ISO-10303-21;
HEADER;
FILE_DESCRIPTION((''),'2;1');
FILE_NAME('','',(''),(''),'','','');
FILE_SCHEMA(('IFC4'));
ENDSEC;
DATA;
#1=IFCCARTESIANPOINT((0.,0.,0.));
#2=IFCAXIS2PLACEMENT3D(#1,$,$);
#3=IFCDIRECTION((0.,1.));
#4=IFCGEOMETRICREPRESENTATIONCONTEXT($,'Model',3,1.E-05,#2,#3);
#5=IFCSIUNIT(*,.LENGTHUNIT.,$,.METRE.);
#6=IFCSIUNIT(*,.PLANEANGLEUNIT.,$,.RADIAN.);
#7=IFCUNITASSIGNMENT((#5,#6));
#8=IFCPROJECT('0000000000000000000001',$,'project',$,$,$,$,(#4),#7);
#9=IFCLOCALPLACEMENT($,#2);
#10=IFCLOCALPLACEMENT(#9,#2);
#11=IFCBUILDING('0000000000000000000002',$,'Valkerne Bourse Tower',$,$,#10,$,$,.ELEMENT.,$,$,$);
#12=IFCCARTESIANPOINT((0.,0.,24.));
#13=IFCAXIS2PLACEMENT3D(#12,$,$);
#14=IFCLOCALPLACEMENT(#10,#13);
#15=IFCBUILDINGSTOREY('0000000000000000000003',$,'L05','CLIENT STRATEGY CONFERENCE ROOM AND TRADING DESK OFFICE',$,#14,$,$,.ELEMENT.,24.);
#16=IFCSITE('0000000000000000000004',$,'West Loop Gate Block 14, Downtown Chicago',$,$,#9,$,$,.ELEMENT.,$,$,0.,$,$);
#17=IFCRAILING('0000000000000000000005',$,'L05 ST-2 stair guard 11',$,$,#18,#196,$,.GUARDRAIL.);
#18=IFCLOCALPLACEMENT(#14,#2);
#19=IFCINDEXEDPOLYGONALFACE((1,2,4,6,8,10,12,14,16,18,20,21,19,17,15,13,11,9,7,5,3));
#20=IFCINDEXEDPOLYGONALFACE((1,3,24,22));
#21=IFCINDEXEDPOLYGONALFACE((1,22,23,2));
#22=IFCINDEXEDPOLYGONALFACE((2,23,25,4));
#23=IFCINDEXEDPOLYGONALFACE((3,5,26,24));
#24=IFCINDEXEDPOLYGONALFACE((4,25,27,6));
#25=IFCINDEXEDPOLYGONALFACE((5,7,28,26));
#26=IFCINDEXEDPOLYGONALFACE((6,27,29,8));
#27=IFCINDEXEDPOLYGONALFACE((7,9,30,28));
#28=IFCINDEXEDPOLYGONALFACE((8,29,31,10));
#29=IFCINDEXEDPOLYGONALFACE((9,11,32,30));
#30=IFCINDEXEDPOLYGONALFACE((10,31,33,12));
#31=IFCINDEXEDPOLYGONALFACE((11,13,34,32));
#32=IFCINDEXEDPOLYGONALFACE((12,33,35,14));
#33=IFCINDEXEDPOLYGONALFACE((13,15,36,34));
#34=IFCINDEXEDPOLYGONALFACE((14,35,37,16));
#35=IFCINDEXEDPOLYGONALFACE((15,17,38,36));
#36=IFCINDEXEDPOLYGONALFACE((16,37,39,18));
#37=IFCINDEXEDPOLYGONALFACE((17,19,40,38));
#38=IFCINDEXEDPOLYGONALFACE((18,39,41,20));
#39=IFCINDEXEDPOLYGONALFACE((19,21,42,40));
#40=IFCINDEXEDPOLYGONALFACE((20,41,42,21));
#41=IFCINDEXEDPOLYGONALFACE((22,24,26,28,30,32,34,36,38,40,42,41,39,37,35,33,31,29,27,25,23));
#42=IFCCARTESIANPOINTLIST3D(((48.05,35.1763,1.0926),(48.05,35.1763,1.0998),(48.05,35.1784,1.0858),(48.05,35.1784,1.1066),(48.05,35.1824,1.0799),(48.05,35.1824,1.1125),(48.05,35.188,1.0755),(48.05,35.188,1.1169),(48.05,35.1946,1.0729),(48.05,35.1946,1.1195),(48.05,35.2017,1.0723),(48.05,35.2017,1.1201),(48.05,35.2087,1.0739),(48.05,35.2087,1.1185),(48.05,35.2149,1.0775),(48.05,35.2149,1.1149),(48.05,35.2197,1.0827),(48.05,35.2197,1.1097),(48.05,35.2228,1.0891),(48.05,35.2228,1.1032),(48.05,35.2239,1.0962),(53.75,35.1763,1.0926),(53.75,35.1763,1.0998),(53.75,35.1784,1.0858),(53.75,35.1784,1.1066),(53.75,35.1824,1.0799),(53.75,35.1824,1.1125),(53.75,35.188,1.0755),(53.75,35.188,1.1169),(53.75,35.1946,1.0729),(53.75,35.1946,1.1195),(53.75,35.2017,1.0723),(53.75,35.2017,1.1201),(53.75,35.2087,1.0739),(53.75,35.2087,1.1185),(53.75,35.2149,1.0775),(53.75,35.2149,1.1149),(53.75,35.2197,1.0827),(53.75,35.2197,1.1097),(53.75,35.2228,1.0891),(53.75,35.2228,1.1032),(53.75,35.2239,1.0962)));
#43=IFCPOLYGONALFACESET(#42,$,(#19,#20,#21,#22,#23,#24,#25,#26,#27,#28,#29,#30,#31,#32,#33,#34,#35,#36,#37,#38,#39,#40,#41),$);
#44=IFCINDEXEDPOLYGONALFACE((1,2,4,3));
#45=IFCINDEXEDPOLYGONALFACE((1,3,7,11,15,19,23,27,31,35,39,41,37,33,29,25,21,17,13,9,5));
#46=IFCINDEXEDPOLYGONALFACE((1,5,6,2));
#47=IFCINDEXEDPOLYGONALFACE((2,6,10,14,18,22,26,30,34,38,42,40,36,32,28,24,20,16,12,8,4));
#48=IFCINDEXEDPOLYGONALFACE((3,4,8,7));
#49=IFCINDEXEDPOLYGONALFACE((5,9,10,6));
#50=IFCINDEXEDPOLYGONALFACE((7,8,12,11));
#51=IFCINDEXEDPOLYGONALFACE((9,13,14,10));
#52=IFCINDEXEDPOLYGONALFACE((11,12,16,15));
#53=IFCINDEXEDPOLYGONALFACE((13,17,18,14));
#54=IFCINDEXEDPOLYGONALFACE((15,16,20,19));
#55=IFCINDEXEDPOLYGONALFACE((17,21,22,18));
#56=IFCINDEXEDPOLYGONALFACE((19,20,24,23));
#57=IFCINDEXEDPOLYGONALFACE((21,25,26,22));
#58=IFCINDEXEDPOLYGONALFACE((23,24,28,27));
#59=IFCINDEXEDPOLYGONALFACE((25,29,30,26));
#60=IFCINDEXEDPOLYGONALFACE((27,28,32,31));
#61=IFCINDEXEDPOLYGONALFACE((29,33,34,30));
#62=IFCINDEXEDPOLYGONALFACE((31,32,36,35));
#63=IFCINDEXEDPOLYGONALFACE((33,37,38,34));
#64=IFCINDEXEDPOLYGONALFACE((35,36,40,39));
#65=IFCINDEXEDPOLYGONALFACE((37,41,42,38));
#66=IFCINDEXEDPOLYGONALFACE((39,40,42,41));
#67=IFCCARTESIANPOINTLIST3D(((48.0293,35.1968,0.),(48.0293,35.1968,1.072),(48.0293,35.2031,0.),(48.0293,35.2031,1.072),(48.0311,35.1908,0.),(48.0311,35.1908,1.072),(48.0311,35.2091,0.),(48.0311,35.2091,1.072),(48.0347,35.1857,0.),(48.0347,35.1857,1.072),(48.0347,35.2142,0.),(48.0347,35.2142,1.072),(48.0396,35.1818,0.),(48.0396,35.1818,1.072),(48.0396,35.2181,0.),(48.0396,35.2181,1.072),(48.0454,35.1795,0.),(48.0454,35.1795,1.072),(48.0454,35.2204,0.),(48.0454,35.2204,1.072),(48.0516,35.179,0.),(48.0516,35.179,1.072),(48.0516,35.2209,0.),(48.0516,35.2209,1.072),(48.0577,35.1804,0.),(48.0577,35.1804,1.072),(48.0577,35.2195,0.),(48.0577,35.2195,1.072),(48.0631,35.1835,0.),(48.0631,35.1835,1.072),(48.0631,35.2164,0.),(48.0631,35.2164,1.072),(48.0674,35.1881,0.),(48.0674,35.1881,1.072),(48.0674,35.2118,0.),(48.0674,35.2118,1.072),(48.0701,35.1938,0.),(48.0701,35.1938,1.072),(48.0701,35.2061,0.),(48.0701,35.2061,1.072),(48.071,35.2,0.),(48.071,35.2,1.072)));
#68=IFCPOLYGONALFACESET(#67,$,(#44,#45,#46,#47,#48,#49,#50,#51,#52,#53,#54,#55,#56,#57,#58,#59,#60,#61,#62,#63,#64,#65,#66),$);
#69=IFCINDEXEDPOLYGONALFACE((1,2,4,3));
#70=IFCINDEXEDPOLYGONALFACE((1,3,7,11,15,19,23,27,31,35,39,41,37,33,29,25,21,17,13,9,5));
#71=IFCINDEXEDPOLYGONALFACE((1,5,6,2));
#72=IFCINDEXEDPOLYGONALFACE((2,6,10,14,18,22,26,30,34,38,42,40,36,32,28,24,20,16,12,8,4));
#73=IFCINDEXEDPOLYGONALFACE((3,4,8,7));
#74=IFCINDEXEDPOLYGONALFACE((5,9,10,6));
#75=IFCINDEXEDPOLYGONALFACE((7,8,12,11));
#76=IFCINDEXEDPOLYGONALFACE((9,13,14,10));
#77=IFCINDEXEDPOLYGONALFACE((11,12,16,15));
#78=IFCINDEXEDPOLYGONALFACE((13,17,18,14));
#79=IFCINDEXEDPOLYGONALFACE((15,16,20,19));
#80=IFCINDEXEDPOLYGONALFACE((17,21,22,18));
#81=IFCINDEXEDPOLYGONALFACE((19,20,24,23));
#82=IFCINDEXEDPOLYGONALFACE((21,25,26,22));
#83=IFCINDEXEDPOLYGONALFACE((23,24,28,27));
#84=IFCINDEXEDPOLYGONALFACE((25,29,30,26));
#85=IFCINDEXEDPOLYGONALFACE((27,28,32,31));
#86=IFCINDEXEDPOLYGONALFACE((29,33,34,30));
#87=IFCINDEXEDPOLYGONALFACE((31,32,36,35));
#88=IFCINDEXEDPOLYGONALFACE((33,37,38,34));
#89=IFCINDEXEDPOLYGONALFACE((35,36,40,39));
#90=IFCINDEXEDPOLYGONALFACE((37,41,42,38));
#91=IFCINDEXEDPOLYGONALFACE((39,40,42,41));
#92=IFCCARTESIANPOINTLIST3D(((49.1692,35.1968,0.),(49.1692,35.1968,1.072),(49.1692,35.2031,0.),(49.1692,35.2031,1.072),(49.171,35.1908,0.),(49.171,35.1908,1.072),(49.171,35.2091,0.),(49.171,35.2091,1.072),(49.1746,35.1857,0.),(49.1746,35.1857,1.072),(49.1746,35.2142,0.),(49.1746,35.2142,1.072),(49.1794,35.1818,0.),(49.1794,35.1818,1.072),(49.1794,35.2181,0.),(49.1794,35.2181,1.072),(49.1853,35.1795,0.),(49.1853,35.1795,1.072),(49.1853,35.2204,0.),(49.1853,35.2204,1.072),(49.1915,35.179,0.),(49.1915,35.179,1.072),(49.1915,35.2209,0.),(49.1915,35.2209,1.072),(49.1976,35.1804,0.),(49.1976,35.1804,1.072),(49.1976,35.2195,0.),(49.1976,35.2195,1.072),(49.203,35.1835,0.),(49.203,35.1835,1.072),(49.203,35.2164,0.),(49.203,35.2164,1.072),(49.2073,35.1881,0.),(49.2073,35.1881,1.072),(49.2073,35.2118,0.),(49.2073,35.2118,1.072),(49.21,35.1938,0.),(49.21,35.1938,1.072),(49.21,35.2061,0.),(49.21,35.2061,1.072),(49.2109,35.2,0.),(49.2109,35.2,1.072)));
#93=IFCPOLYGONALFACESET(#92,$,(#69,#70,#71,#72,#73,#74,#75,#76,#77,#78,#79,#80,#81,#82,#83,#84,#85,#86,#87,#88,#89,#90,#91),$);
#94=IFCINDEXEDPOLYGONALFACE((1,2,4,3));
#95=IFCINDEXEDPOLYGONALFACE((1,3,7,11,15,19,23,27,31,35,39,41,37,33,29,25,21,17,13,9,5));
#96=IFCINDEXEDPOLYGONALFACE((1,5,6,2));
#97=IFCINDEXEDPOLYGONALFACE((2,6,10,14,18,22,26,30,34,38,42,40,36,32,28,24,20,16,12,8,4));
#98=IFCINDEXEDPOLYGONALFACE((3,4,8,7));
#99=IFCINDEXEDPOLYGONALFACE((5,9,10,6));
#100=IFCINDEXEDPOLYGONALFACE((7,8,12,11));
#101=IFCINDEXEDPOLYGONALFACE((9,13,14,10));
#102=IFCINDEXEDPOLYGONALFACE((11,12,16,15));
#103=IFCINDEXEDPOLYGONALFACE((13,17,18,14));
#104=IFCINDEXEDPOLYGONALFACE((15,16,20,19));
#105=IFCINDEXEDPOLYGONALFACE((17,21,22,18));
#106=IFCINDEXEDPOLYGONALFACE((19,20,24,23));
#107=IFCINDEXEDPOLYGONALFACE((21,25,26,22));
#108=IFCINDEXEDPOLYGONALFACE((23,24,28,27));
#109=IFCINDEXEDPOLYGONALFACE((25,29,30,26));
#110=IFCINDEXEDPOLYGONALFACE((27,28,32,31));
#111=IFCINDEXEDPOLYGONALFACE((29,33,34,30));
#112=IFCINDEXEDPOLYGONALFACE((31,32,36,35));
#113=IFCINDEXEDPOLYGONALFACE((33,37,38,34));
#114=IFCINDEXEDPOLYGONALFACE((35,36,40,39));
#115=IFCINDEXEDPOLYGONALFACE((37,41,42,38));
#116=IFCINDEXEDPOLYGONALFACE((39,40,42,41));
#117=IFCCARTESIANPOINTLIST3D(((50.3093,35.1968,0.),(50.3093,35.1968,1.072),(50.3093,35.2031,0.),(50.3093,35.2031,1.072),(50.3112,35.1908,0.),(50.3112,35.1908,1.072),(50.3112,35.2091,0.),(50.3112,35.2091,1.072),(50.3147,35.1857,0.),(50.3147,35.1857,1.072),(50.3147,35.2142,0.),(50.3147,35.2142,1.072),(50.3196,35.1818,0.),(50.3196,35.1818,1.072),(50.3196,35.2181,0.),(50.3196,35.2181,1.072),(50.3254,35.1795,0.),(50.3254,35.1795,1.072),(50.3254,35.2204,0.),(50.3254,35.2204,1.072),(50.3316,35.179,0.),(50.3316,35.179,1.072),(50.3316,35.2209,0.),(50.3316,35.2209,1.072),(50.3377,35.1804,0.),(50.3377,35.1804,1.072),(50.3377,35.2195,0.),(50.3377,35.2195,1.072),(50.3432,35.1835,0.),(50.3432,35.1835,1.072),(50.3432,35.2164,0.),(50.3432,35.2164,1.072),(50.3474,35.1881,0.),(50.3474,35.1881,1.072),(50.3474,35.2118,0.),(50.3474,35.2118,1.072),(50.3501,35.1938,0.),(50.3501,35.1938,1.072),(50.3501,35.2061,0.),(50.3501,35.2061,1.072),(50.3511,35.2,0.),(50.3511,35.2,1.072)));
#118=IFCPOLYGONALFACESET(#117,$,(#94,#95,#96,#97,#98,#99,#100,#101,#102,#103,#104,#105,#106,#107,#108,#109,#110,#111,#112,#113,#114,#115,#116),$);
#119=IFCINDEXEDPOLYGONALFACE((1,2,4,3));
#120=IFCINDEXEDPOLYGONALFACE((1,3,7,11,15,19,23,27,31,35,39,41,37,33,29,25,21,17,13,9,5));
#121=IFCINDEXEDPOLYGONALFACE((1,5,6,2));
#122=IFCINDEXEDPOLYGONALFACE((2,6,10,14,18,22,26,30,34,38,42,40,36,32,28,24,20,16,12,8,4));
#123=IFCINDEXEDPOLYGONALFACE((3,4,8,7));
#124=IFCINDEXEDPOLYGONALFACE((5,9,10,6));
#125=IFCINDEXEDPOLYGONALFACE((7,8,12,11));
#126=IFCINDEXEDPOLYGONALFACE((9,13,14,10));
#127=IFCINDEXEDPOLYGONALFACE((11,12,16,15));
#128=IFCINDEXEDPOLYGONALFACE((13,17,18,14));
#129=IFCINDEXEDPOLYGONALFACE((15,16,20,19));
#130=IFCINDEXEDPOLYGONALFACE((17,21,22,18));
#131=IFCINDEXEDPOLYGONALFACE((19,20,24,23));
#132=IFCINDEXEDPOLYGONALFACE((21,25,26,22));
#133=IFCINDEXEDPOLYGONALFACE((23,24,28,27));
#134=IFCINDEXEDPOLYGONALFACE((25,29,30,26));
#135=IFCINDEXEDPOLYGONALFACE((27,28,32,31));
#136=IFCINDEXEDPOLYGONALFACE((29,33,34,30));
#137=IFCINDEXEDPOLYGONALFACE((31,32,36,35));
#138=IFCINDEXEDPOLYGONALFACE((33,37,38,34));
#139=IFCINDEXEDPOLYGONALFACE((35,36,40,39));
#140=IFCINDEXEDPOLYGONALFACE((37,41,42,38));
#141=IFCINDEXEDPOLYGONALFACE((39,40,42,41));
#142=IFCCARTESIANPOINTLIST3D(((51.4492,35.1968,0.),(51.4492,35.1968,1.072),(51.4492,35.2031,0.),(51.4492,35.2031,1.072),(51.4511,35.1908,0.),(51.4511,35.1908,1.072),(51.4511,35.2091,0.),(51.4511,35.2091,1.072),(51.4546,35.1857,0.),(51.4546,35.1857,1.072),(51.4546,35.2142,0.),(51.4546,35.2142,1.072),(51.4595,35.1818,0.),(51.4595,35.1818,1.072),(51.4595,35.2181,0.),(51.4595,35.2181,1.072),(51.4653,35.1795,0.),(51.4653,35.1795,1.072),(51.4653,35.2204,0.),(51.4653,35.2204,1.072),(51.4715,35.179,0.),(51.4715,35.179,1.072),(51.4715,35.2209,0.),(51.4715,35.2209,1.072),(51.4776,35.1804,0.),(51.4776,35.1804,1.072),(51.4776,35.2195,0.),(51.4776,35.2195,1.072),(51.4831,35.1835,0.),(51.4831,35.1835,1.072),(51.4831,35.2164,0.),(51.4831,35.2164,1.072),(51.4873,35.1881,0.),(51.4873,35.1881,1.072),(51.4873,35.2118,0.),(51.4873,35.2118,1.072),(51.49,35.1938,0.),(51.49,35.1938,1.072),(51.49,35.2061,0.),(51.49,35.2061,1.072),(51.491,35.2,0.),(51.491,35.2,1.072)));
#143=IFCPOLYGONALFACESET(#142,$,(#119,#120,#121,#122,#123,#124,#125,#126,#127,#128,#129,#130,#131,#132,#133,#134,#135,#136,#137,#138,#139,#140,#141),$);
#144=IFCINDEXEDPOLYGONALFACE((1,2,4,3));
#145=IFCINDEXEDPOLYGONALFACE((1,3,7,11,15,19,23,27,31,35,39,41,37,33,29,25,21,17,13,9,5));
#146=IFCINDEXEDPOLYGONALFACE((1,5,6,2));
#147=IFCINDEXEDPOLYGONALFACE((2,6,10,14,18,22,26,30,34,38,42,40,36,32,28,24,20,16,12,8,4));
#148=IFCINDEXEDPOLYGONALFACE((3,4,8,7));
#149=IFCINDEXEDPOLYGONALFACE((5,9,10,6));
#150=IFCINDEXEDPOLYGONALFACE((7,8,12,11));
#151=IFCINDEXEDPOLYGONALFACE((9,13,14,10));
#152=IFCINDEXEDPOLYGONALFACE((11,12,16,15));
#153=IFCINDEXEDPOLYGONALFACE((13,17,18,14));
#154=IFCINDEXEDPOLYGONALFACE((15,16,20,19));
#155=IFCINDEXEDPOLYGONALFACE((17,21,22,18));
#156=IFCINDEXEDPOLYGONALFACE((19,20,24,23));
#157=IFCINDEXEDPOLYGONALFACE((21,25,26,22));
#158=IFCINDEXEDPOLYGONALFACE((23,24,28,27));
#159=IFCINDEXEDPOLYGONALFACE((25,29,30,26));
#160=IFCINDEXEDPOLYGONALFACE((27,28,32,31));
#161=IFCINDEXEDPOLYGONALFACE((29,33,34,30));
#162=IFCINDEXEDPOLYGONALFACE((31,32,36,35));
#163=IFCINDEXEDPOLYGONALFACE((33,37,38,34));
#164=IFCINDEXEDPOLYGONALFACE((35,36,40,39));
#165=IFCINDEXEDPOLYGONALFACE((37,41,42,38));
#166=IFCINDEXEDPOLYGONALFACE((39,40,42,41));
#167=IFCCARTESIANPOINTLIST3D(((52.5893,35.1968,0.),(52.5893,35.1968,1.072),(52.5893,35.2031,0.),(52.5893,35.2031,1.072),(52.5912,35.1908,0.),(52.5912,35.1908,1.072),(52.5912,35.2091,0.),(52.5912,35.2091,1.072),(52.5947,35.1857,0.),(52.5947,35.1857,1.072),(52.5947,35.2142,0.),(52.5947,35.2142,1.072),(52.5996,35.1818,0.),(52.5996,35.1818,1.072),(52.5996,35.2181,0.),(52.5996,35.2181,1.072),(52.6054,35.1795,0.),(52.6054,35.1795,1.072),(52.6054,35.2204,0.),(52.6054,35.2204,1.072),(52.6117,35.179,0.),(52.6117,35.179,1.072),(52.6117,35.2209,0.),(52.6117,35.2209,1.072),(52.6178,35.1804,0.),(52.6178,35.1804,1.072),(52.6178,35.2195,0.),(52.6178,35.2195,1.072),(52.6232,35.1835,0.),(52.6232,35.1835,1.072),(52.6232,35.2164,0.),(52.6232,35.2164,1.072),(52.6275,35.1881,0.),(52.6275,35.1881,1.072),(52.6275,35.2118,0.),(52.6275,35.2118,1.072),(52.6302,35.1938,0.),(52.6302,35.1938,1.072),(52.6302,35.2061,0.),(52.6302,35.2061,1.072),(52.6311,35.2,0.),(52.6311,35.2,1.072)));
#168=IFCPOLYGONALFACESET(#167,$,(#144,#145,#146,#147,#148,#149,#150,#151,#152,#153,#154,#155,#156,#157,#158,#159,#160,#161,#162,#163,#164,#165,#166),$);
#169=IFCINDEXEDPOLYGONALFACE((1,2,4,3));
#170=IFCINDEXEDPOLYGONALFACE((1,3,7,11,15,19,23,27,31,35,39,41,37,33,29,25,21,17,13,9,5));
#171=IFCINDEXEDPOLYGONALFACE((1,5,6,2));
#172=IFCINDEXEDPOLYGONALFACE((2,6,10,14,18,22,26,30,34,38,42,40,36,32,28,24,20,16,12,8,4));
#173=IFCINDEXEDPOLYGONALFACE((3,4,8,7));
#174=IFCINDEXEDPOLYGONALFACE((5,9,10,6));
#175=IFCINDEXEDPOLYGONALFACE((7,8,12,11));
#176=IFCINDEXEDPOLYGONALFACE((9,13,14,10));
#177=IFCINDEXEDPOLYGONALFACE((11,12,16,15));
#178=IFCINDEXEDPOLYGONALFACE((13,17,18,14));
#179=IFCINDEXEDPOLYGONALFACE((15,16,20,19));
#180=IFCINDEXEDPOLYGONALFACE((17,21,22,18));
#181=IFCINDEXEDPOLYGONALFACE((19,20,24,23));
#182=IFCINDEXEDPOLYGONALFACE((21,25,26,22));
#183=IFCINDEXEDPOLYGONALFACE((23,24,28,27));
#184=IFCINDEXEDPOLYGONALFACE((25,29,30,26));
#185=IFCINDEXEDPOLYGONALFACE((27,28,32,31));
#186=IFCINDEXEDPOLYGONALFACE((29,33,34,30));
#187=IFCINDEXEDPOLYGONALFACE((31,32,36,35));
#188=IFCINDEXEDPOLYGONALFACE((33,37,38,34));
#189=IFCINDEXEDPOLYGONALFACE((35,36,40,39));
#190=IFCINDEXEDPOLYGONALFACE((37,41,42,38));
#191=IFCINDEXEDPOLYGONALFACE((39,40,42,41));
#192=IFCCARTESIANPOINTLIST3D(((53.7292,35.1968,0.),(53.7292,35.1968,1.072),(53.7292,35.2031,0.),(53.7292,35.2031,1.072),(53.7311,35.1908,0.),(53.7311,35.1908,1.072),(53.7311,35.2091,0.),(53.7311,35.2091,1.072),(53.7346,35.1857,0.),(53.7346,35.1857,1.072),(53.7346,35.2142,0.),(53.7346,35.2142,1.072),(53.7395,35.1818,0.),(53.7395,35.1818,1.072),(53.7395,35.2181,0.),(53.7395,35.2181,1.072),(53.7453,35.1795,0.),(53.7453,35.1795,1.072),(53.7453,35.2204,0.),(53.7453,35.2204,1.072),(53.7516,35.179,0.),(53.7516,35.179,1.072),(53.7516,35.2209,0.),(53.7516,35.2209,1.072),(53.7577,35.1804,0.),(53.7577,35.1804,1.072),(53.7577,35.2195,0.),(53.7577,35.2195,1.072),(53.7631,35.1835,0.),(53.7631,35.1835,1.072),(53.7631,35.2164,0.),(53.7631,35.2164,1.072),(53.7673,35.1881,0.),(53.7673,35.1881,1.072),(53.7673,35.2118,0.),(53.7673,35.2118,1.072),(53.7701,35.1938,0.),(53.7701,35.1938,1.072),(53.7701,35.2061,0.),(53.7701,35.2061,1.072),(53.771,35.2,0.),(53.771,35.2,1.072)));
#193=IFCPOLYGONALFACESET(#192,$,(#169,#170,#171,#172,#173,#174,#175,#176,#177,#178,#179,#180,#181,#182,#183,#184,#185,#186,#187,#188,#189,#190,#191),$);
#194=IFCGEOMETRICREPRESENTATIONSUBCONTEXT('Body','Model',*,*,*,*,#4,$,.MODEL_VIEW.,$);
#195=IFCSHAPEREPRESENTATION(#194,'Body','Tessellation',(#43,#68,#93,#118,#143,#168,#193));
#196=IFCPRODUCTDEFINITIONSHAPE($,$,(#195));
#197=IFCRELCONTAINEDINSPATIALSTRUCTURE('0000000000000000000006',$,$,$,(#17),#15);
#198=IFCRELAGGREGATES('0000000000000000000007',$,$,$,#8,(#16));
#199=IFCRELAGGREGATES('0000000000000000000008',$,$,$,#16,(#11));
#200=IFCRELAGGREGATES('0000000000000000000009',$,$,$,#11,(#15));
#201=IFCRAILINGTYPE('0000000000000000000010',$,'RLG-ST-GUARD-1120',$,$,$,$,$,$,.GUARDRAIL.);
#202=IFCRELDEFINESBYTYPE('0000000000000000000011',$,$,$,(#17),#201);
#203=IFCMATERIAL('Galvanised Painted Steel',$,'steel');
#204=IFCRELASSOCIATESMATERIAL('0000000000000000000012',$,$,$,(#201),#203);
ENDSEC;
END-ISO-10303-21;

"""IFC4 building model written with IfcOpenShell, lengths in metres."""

from ifc_helpers import new_model, si_unit, direction, frame, origin, origin_2d, place, context, subcontext, project, spatial, circle, extrude, material, type_object, element, save


model = new_model("IFC4")

# Units and contexts
model_context = context("Model", 3, precision=1e-05, world=origin(), true_north=direction((0.0, 1.0)))
body_context = subcontext(model_context, "Body", "Model", "MODEL_VIEW")
ifc_project = project(units=[si_unit("LENGTHUNIT", "METRE"), si_unit("PLANEANGLEUNIT", "RADIAN")], contexts=[model_context])

# Site, building, storey
site_placement = place(None, origin())
site = spatial("IfcSite", under=ifc_project, at=site_placement, Name="West Loop Gate Block 14, Downtown Chicago", CompositionType="ELEMENT", RefElevation=0.0)
building_placement = place(site_placement, origin())
building = spatial("IfcBuilding", under=site, at=building_placement, Name="Valkerne Bourse Tower", CompositionType="ELEMENT")
storey_placement = place(building_placement, frame((0.0, 0.0, 24.0)))
storey = spatial("IfcBuildingStorey", under=building, at=storey_placement, Name="L05", Description="CLIENT STRATEGY CONFERENCE ROOM AND TRADING DESK OFFICE", CompositionType="ELEMENT", Elevation=24.0)

# Shared definitions
ifc_material_1 = material(Name="Galvanised Painted Steel", Category="steel")

# Railing
railing_type_1 = type_object("IfcRailingType", Name="RLG-ST-GUARD-1120", PredefinedType="GUARDRAIL", material=ifc_material_1)
for number, where, name in (
    (1, (48.05, 35.2, 0.0), "L05 ST-2 stair guard 11"),
):
    element("IfcRailing", number, at=place(storey_placement, frame(where)), inside=storey, type_object=railing_type_1, Name=name, PredefinedType="GUARDRAIL", context=body_context, shape_type="SweptSolid", body=[
        extrude(circle(Radius=0.0239, at=origin_2d()), frame((0.0, 0.0, 1.0962), z_axis=(1.0, 0.0, 0.0), x_axis=(0.0, 1.0, 0.0)), (0.0, 0.0, 1.0), 5.7),
        extrude(circle(Radius=0.021, at=origin_2d()), origin(), (0.0, 0.0, 1.0), 1.072),
        extrude(circle(Radius=0.021, at=origin_2d()), frame((1.1399, 0.0, 0.0)), (0.0, 0.0, 1.0), 1.072),
        extrude(circle(Radius=0.021, at=origin_2d()), frame((2.28, 0.0, 0.0)), (0.0, 0.0, 1.0), 1.072),
        extrude(circle(Radius=0.021, at=origin_2d()), frame((3.4199, 0.0, 0.0)), (0.0, 0.0, 1.0), 1.072),
        extrude(circle(Radius=0.021, at=origin_2d()), frame((4.5601, 0.0, 0.0)), (0.0, 0.0, 1.0), 1.072),
        extrude(circle(Radius=0.021, at=origin_2d()), frame((5.7, 0.0, 0.0)), (0.0, 0.0, 1.0), 1.072),
    ])

save(model, "model.ifc")
